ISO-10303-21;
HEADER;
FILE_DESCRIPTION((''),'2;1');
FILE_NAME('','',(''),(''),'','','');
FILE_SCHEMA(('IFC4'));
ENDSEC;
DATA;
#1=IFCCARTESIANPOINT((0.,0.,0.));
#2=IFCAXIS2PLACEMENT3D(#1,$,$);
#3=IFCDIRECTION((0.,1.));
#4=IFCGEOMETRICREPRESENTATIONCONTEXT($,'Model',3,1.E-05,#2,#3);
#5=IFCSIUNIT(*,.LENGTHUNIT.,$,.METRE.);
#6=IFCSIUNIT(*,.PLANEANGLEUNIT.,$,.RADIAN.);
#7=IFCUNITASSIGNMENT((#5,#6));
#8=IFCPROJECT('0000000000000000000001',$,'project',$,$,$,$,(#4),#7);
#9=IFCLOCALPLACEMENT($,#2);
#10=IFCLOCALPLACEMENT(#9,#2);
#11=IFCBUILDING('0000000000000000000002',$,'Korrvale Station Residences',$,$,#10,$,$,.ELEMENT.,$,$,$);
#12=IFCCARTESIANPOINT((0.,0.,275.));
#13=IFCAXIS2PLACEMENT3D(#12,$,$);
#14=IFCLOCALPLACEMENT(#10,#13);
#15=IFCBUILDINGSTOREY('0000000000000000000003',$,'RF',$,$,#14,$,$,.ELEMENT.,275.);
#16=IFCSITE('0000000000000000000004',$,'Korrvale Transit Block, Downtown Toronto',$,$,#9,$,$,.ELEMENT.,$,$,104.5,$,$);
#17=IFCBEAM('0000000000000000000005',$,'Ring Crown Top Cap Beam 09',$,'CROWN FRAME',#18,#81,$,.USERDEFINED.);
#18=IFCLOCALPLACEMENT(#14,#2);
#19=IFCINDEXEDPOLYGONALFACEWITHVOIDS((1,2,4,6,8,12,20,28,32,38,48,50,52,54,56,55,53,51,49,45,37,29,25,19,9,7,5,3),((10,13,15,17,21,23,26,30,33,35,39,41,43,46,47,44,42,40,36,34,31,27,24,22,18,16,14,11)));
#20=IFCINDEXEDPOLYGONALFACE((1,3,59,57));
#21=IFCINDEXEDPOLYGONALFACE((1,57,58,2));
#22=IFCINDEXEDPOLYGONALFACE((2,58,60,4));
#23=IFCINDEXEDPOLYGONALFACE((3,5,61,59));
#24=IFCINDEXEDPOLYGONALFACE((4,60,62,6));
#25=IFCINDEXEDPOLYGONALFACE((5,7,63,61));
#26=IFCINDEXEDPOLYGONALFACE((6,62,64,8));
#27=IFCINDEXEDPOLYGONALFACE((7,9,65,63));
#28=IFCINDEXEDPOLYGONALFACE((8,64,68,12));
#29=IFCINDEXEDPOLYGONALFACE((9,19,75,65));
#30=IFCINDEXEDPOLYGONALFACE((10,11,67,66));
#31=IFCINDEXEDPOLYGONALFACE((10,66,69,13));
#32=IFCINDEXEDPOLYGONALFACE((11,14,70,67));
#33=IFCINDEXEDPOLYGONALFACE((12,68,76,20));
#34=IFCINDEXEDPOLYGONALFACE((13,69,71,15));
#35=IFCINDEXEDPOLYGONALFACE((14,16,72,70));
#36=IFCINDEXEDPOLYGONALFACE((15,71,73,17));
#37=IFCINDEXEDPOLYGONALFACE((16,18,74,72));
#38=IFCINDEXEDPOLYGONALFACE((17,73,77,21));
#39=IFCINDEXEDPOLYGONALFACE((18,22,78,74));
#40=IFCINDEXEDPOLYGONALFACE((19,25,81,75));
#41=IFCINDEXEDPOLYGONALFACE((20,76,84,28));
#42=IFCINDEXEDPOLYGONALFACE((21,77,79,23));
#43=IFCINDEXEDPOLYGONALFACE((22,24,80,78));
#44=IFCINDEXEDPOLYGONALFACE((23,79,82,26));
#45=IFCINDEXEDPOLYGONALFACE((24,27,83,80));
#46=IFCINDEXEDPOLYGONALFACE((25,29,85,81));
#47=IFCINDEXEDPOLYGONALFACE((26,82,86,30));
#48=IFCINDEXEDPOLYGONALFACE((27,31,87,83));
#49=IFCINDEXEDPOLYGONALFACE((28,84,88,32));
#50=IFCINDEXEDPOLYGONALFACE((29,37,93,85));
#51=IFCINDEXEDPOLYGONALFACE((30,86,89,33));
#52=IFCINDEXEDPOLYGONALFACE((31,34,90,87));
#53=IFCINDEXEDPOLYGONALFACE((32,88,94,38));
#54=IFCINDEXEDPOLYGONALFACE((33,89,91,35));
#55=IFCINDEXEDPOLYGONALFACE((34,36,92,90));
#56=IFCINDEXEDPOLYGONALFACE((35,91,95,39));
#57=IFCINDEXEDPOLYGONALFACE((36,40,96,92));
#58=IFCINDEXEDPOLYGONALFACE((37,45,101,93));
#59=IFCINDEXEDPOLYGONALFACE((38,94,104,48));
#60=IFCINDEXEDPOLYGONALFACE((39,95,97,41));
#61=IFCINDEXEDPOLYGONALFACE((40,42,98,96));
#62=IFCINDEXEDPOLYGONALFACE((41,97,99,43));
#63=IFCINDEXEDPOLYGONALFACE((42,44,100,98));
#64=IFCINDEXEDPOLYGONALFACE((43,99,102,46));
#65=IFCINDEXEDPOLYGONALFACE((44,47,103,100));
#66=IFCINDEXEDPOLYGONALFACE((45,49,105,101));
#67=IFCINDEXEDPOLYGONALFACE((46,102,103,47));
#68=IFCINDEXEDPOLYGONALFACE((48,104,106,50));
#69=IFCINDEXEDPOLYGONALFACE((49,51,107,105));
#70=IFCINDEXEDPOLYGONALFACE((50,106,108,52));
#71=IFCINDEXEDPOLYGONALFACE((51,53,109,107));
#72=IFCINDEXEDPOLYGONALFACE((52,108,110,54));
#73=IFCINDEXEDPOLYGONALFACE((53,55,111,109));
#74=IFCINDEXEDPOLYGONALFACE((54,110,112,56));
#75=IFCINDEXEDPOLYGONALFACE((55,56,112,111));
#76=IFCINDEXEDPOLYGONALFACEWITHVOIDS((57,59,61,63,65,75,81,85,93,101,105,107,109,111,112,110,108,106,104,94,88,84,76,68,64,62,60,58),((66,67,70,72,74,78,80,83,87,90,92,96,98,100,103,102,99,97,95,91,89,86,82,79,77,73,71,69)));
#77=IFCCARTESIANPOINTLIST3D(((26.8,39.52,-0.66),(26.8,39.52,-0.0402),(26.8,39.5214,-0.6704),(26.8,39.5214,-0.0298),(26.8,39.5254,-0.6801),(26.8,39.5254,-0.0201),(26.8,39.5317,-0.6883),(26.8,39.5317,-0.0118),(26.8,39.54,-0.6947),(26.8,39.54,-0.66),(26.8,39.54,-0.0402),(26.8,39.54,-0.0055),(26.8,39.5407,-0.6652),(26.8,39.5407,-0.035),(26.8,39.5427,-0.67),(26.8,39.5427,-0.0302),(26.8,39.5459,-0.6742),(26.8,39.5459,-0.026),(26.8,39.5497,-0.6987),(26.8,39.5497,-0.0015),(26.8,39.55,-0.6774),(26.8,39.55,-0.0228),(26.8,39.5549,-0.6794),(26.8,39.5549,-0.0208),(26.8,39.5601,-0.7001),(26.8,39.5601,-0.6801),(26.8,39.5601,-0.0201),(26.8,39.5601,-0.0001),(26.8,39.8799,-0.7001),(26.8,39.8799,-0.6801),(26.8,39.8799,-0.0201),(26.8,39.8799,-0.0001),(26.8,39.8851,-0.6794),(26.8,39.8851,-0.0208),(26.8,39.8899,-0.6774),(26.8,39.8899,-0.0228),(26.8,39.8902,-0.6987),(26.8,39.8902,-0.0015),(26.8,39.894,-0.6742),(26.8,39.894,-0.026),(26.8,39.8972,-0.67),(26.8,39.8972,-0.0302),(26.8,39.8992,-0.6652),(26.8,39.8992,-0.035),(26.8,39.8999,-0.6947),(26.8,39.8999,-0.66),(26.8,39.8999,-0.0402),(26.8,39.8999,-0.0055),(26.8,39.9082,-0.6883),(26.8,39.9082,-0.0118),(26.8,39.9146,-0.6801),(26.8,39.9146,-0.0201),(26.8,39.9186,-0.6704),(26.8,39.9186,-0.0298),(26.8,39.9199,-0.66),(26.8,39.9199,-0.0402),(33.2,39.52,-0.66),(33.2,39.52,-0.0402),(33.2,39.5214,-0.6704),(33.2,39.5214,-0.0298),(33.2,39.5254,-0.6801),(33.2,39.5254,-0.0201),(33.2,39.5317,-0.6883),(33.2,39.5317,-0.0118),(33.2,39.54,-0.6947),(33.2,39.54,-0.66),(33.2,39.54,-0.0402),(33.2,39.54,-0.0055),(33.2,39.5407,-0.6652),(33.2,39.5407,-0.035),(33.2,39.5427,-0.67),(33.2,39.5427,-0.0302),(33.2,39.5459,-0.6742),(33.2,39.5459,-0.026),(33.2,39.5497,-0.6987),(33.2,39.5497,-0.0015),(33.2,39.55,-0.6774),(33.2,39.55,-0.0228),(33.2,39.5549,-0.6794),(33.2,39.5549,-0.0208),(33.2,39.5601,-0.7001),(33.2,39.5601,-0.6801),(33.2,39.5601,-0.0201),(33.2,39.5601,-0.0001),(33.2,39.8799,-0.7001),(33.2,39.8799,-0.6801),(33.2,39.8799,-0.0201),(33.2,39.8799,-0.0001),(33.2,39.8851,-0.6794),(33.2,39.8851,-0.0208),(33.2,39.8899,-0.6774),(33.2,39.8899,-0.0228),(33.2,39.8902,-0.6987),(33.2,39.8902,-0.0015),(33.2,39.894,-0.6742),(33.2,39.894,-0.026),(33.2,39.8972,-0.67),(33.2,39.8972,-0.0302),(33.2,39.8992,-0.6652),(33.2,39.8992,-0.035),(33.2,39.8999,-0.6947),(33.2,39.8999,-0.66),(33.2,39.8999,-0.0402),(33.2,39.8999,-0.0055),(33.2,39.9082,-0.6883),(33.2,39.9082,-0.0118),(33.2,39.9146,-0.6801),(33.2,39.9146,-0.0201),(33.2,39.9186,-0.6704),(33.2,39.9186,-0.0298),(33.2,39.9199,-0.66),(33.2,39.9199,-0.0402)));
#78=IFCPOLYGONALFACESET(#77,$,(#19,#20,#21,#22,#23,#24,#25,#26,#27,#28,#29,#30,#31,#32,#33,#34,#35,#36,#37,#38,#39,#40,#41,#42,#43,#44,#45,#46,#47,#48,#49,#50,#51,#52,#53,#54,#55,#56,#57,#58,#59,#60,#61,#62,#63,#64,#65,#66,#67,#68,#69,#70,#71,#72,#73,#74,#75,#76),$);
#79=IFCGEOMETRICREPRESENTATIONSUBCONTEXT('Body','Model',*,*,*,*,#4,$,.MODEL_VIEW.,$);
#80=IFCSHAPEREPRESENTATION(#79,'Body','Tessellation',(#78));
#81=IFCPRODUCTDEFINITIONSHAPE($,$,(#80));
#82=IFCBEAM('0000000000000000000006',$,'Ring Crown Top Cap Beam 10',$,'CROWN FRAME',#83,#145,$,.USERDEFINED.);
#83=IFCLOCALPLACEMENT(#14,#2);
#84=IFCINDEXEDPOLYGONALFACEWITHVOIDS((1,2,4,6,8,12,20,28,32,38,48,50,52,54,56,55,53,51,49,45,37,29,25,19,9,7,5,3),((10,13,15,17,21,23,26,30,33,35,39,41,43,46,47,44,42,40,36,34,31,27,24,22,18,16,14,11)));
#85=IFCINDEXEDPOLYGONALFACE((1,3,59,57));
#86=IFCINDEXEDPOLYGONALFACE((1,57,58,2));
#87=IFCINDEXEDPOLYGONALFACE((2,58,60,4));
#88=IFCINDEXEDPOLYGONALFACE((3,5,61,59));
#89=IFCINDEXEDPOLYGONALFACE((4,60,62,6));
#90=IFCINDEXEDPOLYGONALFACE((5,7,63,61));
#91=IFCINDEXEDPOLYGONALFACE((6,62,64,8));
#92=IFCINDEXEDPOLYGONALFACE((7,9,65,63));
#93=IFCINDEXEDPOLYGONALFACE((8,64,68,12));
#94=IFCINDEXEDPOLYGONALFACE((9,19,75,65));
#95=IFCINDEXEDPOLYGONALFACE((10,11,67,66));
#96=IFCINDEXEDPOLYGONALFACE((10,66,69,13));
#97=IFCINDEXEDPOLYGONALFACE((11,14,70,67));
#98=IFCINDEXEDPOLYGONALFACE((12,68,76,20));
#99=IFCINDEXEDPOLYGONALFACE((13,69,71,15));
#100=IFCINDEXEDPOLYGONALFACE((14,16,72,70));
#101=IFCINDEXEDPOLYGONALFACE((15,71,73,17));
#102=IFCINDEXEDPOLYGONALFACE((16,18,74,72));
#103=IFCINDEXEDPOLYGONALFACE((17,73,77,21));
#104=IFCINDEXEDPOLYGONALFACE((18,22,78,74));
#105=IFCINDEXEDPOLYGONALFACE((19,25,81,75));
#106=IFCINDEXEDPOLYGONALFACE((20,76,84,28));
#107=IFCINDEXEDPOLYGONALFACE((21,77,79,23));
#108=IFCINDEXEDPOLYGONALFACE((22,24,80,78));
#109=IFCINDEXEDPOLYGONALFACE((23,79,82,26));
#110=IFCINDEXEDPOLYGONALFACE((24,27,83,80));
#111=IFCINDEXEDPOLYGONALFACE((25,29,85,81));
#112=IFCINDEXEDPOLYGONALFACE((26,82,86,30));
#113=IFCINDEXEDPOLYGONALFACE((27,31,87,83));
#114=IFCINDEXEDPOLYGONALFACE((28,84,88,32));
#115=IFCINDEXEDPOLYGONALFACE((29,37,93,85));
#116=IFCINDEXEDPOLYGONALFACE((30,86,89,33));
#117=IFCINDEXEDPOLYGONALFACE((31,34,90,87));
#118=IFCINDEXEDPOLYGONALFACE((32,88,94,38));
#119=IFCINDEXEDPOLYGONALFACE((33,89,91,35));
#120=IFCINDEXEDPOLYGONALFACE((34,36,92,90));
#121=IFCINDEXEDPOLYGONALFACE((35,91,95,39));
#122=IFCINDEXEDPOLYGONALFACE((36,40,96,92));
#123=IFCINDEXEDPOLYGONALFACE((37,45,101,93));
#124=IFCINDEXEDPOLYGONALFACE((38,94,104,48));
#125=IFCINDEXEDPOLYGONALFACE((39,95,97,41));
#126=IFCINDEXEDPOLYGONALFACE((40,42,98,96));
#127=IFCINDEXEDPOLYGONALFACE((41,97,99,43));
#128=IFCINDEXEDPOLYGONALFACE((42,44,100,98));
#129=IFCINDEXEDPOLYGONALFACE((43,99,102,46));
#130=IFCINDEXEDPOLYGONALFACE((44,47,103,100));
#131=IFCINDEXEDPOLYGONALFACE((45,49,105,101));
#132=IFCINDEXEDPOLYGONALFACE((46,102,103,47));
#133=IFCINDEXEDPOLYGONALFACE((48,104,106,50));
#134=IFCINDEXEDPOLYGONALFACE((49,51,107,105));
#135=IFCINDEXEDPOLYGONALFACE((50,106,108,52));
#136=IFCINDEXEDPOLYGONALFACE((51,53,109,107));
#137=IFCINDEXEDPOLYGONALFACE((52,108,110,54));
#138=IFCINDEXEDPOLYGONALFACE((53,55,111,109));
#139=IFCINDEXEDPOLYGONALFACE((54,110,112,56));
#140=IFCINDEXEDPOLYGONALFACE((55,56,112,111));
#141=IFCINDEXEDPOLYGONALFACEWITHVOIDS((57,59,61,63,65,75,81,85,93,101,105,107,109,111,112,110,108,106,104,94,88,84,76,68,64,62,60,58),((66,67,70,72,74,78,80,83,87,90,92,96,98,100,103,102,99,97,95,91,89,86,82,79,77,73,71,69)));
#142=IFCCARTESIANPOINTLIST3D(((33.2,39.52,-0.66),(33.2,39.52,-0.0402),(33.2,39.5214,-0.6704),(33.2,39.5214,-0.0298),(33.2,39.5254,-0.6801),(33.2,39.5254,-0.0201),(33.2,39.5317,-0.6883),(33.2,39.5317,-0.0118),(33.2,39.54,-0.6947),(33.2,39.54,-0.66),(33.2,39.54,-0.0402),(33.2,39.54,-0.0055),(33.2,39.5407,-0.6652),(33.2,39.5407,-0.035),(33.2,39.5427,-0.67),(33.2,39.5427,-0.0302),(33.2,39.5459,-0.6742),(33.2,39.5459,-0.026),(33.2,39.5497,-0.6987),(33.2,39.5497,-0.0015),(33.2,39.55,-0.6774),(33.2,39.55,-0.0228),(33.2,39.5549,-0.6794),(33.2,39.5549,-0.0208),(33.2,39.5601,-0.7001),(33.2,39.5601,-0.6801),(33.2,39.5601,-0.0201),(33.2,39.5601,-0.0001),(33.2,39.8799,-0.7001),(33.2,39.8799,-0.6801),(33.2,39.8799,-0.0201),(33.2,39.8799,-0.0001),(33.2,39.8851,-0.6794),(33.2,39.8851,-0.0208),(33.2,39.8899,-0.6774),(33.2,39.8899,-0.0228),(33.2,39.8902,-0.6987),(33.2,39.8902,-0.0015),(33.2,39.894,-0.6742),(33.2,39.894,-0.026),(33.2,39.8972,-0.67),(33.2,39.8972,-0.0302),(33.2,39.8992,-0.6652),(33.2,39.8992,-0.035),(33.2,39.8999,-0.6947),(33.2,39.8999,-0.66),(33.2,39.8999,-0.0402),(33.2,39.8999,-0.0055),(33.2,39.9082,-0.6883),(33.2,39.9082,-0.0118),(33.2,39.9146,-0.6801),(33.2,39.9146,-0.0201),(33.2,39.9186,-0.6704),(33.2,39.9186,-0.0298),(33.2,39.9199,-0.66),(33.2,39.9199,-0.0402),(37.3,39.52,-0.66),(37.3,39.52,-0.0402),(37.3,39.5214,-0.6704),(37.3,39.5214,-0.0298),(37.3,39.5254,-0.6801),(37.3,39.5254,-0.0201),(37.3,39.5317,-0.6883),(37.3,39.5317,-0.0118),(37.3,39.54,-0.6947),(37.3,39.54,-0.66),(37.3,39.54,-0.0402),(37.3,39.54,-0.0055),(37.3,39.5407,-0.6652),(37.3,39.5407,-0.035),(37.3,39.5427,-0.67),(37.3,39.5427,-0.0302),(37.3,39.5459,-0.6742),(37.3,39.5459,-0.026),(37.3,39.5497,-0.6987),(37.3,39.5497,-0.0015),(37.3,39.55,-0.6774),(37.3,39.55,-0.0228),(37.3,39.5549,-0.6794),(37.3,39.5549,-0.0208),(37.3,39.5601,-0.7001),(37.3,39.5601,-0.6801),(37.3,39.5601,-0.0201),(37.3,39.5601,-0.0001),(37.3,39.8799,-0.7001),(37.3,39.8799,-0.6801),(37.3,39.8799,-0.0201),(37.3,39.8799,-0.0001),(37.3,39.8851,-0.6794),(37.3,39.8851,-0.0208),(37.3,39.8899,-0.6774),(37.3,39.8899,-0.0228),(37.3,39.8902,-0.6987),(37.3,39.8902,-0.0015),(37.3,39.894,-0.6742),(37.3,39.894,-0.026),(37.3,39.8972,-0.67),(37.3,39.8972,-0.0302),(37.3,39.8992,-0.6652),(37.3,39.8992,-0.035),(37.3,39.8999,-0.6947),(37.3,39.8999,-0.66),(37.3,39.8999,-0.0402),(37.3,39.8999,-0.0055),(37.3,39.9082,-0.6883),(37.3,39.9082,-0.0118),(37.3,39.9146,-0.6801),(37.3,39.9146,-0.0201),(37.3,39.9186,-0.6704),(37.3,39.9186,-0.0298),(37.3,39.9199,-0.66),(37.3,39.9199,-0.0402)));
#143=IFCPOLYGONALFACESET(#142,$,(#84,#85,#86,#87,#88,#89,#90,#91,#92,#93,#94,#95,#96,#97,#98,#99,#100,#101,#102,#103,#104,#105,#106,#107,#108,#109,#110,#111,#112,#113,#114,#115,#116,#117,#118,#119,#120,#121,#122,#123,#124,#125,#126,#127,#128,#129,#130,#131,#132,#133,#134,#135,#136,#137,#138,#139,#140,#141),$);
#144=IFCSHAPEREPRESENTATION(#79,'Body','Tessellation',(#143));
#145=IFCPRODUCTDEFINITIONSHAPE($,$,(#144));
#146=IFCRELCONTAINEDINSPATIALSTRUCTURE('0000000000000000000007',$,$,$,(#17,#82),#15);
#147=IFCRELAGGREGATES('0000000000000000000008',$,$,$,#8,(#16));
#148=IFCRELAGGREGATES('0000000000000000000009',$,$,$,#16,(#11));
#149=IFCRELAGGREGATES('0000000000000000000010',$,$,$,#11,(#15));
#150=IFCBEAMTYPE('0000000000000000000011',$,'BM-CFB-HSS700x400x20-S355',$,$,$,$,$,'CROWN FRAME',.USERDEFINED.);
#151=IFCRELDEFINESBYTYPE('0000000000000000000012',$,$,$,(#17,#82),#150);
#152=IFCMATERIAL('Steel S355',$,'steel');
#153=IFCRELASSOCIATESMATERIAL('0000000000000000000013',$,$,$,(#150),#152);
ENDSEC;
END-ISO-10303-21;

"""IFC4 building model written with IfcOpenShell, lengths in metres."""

from ifc_helpers import new_model, si_unit, direction, frame, origin, origin_2d, place, context, subcontext, project, spatial, hollow_rectangle, extrude, material, material_profile, profile_set, type_object, element, save


model = new_model("IFC4")

# Units and contexts
model_context = context("Model", 3, precision=1e-05, world=origin(), true_north=direction((0.0, 1.0)))
body_context = subcontext(model_context, "Body", "Model", "MODEL_VIEW")
ifc_project = project(units=[si_unit("LENGTHUNIT", "METRE"), si_unit("PLANEANGLEUNIT", "RADIAN")], contexts=[model_context])

# Site, building, storey
site_placement = place(None, origin())
site = spatial("IfcSite", under=ifc_project, at=site_placement, Name="Korrvale Transit Block, Downtown Toronto", CompositionType="ELEMENT", RefElevation=104.5)
building_placement = place(site_placement, origin())
building = spatial("IfcBuilding", under=site, at=building_placement, Name="Korrvale Station Residences", CompositionType="ELEMENT")
storey_placement = place(building_placement, frame((0.0, 0.0, 275.0)))
storey = spatial("IfcBuildingStorey", under=building, at=storey_placement, Name="RF", CompositionType="ELEMENT", Elevation=275.0)

# Beams
ifc_material_1 = material(Name="Steel S355", Category="steel")
ifc_material_profile = material_profile(ifc_material_1, hollow_rectangle(XDim=0.3999, YDim=0.7, WallThickness=0.02, InnerFilletRadius=0.02, OuterFilletRadius=0.04, at=origin_2d()), Name="HSS700x400x20")
ifc_profile_set = profile_set([ifc_material_profile], Name="Steel S355")
beam_type = type_object("IfcBeamType", Name="BM-CFB-HSS700x400x20-S355", ElementType="CROWN FRAME", PredefinedType="USERDEFINED", material=ifc_profile_set)
beam_1_placement = place(storey_placement, frame((26.8, 39.72, -0.3501), z_axis=(1.0, 0.0, 0.0), x_axis=(0.0, 1.0, 0.0)))
element("IfcBeam", 1, at=beam_1_placement, inside=storey, type_object=beam_type, Name="Ring Crown Top Cap Beam 09", ObjectType="CROWN FRAME", PredefinedType="USERDEFINED", context=body_context, shape_type="SweptSolid", body=[
    extrude(hollow_rectangle(XDim=0.3999, YDim=0.7, WallThickness=0.02, InnerFilletRadius=0.02, OuterFilletRadius=0.04, at=origin_2d()), origin(), (0.0, 0.0, 1.0), 6.3999),
])
beam_2_placement = place(storey_placement, frame((33.2, 39.72, -0.3501), z_axis=(1.0, 0.0, 0.0), x_axis=(0.0, 1.0, 0.0)))
element("IfcBeam", 2, at=beam_2_placement, inside=storey, type_object=beam_type, Name="Ring Crown Top Cap Beam 10", ObjectType="CROWN FRAME", PredefinedType="USERDEFINED", context=body_context, shape_type="SweptSolid", body=[
    extrude(hollow_rectangle(XDim=0.3999, YDim=0.7, WallThickness=0.02, InnerFilletRadius=0.02, OuterFilletRadius=0.04, at=origin_2d()), origin(), (0.0, 0.0, 1.0), 4.1001),
])

save(model, "model.ifc")
